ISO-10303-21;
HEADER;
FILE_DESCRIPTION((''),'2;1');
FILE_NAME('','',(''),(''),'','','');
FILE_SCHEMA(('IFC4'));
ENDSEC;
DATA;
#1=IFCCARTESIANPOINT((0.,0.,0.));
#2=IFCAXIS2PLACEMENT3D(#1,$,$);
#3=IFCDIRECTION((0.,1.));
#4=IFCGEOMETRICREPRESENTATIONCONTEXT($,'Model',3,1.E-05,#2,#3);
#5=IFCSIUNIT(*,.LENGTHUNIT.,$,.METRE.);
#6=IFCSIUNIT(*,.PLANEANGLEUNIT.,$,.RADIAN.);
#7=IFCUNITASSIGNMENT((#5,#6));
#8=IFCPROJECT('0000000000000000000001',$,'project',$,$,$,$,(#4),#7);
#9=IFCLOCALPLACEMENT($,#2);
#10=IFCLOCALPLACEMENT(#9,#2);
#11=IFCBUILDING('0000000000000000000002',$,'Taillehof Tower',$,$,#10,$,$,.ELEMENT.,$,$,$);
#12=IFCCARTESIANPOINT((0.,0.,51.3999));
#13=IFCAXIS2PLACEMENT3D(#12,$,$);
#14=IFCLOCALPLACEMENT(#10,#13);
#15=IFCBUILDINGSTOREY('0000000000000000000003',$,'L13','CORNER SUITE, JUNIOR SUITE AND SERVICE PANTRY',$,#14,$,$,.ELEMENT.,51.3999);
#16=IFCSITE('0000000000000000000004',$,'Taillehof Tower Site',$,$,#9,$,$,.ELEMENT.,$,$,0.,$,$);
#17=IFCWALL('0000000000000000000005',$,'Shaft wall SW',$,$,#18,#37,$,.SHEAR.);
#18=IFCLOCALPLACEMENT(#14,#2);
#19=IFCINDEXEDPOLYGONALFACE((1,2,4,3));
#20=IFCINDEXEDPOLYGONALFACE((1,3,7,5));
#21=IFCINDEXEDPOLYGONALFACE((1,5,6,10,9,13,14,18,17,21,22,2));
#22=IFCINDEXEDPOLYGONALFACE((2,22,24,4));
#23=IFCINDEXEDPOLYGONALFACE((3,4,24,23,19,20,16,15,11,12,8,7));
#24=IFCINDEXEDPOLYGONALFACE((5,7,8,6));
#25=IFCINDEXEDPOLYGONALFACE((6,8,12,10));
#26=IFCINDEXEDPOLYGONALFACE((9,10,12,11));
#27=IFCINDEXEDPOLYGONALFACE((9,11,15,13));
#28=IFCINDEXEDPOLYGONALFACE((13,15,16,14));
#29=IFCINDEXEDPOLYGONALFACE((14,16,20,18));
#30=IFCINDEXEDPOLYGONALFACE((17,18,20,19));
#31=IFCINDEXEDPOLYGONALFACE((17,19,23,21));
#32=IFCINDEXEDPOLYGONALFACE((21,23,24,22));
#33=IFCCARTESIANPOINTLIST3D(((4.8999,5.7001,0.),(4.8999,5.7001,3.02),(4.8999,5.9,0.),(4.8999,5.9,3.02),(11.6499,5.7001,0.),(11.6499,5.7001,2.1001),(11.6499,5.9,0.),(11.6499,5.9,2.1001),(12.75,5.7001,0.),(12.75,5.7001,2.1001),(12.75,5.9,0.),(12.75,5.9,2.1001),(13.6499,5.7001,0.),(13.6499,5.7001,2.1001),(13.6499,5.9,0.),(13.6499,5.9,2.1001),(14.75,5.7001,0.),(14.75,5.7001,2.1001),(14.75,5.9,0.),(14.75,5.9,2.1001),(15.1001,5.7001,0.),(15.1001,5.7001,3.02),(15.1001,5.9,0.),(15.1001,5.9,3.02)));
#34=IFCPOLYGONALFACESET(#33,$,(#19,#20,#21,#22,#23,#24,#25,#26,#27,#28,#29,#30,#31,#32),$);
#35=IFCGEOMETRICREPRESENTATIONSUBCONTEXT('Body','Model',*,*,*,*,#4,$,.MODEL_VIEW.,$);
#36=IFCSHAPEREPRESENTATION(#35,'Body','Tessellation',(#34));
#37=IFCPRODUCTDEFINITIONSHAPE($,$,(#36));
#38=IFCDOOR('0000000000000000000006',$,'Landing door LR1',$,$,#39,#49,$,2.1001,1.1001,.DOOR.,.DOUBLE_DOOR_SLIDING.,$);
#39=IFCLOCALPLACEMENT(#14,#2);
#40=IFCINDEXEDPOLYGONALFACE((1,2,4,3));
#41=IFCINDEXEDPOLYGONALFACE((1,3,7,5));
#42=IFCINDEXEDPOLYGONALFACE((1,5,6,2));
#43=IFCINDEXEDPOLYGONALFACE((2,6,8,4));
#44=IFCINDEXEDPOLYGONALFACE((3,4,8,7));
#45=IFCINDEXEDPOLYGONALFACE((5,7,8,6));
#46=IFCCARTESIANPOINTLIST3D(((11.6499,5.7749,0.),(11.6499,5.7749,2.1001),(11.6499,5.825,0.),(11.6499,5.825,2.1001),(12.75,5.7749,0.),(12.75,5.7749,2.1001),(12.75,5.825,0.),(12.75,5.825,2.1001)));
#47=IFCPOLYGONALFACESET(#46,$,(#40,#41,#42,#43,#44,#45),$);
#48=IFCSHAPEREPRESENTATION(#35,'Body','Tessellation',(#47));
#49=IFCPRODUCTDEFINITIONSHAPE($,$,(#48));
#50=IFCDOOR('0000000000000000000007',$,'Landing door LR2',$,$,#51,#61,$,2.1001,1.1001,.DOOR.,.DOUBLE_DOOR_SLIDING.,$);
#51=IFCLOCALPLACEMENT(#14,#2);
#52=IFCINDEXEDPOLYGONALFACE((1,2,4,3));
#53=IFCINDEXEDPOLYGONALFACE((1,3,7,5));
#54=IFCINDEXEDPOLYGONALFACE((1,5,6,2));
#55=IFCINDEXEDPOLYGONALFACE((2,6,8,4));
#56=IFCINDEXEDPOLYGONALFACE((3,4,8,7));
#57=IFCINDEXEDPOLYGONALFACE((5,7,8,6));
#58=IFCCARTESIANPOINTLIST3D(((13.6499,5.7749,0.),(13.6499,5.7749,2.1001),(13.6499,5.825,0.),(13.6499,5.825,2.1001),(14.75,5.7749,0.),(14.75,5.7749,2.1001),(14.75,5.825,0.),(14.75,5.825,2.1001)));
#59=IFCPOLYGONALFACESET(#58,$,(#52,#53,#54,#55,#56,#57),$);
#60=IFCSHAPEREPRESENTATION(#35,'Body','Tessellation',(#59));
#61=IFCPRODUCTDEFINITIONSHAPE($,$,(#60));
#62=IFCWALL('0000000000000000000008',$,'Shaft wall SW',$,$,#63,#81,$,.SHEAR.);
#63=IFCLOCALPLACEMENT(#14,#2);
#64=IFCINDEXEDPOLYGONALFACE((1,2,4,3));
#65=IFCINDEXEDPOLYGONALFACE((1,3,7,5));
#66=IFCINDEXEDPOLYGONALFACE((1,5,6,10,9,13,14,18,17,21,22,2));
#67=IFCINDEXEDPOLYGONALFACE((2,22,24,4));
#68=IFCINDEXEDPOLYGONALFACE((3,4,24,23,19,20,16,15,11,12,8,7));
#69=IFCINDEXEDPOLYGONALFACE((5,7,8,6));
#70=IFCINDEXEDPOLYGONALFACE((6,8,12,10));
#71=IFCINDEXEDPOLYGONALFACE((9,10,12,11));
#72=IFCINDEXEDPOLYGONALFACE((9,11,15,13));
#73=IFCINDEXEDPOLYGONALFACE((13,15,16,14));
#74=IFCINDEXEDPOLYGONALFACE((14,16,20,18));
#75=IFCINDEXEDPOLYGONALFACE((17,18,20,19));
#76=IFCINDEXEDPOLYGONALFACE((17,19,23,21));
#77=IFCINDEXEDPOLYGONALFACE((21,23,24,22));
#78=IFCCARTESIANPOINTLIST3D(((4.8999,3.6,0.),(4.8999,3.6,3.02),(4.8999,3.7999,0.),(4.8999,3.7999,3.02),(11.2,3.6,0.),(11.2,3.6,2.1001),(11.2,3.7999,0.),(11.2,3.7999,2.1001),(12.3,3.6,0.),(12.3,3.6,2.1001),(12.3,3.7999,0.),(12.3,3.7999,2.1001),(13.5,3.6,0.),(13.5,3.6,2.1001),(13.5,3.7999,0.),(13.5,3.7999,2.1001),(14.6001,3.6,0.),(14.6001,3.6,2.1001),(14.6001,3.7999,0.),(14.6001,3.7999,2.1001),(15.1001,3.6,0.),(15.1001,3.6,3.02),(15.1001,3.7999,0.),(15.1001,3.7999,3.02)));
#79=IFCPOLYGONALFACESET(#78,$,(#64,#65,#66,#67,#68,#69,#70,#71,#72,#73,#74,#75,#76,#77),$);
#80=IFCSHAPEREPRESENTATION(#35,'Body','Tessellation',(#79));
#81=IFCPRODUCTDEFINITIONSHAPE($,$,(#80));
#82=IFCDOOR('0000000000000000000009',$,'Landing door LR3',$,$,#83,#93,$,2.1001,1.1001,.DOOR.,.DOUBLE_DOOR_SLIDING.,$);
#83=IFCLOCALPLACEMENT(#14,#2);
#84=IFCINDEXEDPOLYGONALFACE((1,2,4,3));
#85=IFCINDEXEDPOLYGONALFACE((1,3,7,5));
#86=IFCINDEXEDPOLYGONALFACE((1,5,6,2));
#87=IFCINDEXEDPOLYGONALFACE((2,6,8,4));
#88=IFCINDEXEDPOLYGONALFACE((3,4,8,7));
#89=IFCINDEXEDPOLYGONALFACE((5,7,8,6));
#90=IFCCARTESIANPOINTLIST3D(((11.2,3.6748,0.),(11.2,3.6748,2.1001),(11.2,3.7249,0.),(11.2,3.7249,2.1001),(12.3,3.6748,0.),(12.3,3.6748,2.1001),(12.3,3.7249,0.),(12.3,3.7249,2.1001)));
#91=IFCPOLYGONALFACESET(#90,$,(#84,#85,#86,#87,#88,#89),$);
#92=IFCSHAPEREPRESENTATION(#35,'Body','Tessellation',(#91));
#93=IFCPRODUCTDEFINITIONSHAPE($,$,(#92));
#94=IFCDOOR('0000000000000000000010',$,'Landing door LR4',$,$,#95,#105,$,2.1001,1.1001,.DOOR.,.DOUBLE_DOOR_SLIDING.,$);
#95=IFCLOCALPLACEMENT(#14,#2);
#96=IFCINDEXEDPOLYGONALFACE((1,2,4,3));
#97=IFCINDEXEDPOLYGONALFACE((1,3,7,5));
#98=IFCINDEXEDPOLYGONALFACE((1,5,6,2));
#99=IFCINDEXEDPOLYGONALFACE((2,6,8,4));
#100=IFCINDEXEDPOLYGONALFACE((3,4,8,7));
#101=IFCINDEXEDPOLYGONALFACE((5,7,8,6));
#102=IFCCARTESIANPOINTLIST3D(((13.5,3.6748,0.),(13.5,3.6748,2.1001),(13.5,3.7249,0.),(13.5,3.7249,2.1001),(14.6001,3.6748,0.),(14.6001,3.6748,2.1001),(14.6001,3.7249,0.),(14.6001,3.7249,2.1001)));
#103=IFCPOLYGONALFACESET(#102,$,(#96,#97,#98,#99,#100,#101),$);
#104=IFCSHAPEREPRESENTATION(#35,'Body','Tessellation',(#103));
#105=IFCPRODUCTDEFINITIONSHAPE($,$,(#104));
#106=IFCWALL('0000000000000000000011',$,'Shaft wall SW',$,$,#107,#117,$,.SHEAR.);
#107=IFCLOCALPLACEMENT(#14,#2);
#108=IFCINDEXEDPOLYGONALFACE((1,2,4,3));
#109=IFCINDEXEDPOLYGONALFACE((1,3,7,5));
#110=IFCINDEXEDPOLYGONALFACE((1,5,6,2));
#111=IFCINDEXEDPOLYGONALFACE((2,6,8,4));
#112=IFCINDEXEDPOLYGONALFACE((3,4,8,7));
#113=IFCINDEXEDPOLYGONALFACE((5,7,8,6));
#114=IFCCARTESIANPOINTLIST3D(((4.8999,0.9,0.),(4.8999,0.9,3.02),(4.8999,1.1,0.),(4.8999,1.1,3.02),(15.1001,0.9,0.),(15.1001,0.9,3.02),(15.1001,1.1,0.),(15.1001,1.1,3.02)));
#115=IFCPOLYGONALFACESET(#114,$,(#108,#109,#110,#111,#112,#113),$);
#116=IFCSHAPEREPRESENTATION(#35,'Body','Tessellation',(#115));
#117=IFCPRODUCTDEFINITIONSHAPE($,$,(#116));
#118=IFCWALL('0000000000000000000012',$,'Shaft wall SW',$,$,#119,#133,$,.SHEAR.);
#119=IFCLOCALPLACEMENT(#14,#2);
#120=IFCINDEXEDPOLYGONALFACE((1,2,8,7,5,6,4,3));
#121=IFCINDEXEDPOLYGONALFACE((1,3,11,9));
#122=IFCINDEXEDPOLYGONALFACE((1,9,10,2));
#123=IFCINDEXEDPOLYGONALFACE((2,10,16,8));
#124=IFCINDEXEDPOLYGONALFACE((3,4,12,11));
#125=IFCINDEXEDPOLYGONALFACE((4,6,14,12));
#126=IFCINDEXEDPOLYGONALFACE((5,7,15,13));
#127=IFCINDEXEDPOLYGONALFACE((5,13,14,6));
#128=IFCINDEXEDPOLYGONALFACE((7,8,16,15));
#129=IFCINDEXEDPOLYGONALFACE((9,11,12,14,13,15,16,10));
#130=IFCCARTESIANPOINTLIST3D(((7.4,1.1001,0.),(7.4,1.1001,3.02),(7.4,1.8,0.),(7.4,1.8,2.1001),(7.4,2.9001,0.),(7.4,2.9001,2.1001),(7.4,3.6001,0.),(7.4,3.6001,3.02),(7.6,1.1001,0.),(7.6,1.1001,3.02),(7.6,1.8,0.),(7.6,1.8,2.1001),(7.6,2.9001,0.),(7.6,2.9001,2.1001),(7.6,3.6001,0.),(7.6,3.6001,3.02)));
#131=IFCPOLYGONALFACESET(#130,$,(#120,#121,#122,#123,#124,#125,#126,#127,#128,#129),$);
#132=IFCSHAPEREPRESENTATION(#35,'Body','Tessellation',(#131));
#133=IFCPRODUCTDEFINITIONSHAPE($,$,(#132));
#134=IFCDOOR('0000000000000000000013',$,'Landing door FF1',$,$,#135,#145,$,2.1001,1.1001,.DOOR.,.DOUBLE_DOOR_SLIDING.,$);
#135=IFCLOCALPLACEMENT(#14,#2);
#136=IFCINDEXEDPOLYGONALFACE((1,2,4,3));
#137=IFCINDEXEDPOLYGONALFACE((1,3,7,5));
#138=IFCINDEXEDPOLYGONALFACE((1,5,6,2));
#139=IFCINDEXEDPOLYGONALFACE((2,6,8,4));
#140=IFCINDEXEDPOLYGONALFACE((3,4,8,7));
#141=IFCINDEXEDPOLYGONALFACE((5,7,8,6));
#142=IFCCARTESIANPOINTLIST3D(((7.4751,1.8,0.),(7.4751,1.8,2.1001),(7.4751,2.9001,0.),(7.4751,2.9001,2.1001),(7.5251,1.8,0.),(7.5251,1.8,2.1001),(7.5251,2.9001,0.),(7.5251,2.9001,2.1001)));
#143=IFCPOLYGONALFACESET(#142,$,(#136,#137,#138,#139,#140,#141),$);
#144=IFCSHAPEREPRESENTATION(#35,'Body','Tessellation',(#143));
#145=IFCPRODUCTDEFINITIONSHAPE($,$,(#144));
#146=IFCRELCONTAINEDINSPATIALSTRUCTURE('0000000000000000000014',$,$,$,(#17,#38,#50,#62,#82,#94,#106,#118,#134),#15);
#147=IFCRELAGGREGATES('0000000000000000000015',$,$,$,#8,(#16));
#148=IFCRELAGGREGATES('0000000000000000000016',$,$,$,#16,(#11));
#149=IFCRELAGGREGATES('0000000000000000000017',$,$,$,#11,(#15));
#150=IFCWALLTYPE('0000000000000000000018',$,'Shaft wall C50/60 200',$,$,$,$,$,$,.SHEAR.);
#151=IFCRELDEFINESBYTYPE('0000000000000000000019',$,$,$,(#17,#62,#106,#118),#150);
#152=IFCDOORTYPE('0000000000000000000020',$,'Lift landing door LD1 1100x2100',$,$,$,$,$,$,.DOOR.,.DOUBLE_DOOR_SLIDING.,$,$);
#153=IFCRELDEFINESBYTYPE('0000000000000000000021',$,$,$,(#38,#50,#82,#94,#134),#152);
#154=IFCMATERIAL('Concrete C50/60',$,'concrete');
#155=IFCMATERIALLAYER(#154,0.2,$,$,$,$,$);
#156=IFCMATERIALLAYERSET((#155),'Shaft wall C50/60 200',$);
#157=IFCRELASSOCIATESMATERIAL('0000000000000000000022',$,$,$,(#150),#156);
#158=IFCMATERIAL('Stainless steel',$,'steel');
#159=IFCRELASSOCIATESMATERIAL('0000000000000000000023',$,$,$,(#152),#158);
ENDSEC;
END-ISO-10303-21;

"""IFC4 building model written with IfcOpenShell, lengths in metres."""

from ifc_helpers import new_model, si_unit, direction, frame, frame_2d, origin, place, context, subcontext, project, spatial, rectangle, extrude, material, layer, layer_set, type_object, element, fill, save


model = new_model("IFC4")

# Units and contexts
model_context = context("Model", 3, precision=1e-05, world=origin(), true_north=direction((0.0, 1.0)))
body_context = subcontext(model_context, "Body", "Model", "MODEL_VIEW")
ifc_project = project(units=[si_unit("LENGTHUNIT", "METRE"), si_unit("PLANEANGLEUNIT", "RADIAN")], contexts=[model_context])

# Site, building, storey
site_placement = place(None, origin())
site = spatial("IfcSite", under=ifc_project, at=site_placement, Name="Taillehof Tower Site", CompositionType="ELEMENT", RefElevation=0.0)
building_placement = place(site_placement, origin())
building = spatial("IfcBuilding", under=site, at=building_placement, Name="Taillehof Tower", CompositionType="ELEMENT")
storey_placement = place(building_placement, frame((0.0, 0.0, 51.3999)))
storey = spatial("IfcBuildingStorey", under=building, at=storey_placement, Name="L13", Description="CORNER SUITE, JUNIOR SUITE AND SERVICE PANTRY", CompositionType="ELEMENT", Elevation=51.3999)

# Walls, openings, doors
ifc_material_1 = material(Name="Concrete C50/60", Category="concrete")
ifc_layer_1 = layer(ifc_material_1, 0.2)
ifc_layer_set_1 = layer_set([ifc_layer_1], Name="Shaft wall C50/60 200")
wall_type_1 = type_object("IfcWallType", Name="Shaft wall C50/60 200", PredefinedType="SHEAR", material=ifc_layer_set_1)
wall_1_placement = place(storey_placement, frame((4.8999, 5.8, 0.0), z_axis=(0.0, 0.0, 1.0), x_axis=(1.0, 0.0, 0.0)))
wall_1 = element("IfcWall", 1, at=wall_1_placement, inside=storey, type_object=wall_type_1, Name="Shaft wall SW", PredefinedType="SHEAR", context=body_context, shape_type="SweptSolid", body=[
    extrude(rectangle(XDim=10.2002, YDim=0.2, at=frame_2d((5.1001, 0.0))), origin(), (0.0, 0.0, 1.0), 3.02),
])
opening_1_placement = place(wall_1_placement, frame((6.75, 0.0, 0.0)))
opening_1 = element("IfcOpeningElement", 2, at=opening_1_placement, cuts=wall_1, PredefinedType="OPENING", context=body_context, shape_type="SweptSolid", body=[
    extrude(rectangle(XDim=1.1001, YDim=2.1001, at=frame_2d((0.55, 1.05))), frame((0.0, 0.1099, 0.0), z_axis=(0.0, -1.0, 0.0), x_axis=(1.0, 0.0, 0.0)), (0.0, 0.0, 1.0), 0.22),
])
opening_2_placement = place(wall_1_placement, frame((8.75, 0.0, 0.0)))
opening_2 = element("IfcOpeningElement", 3, at=opening_2_placement, cuts=wall_1, PredefinedType="OPENING", context=body_context, shape_type="SweptSolid", body=[
    extrude(rectangle(XDim=1.1001, YDim=2.1001, at=frame_2d((0.55, 1.05))), frame((0.0, 0.1099, 0.0), z_axis=(0.0, -1.0, 0.0), x_axis=(1.0, 0.0, 0.0)), (0.0, 0.0, 1.0), 0.22),
])
ifc_material_2 = material(Name="Stainless steel", Category="steel")
door_type_1 = type_object("IfcDoorType", Name="Lift landing door LD1 1100x2100", OperationType="DOUBLE_DOOR_SLIDING", PredefinedType="DOOR", material=ifc_material_2)
door_1_placement = place(opening_1_placement, origin())
door_1 = element("IfcDoor", 4, at=door_1_placement, inside=storey, type_object=door_type_1, Name="Landing door LR1", OperationType="DOUBLE_DOOR_SLIDING", OverallHeight=2.1001, OverallWidth=1.1001, PredefinedType="DOOR", context=body_context, shape_type="SweptSolid", body=[
    extrude(rectangle(XDim=1.1001, YDim=2.1001, at=frame_2d((0.55, 1.05))), frame((0.0, 0.0249, 0.0), z_axis=(0.0, -1.0, 0.0), x_axis=(1.0, 0.0, 0.0)), (0.0, 0.0, 1.0), 0.05),
])
fill(opening_1, door_1)
door_2_placement = place(opening_2_placement, origin())
door_2 = element("IfcDoor", 5, at=door_2_placement, inside=storey, type_object=door_type_1, Name="Landing door LR2", OperationType="DOUBLE_DOOR_SLIDING", OverallHeight=2.1001, OverallWidth=1.1001, PredefinedType="DOOR", context=body_context, shape_type="SweptSolid", body=[
    extrude(rectangle(XDim=1.1001, YDim=2.1001, at=frame_2d((0.55, 1.05))), frame((0.0, 0.0249, 0.0), z_axis=(0.0, -1.0, 0.0), x_axis=(1.0, 0.0, 0.0)), (0.0, 0.0, 1.0), 0.05),
])
fill(opening_2, door_2)
wall_2_placement = place(storey_placement, frame((4.8999, 3.7, 0.0), z_axis=(0.0, 0.0, 1.0), x_axis=(1.0, 0.0, 0.0)))
wall_2 = element("IfcWall", 6, at=wall_2_placement, inside=storey, type_object=wall_type_1, Name="Shaft wall SW", PredefinedType="SHEAR", context=body_context, shape_type="SweptSolid", body=[
    extrude(rectangle(XDim=10.2002, YDim=0.2, at=frame_2d((5.1001, 0.0))), origin(), (0.0, 0.0, 1.0), 3.02),
])
opening_3_placement = place(wall_2_placement, frame((6.3, 0.0, 0.0)))
opening_3 = element("IfcOpeningElement", 7, at=opening_3_placement, cuts=wall_2, PredefinedType="OPENING", context=body_context, shape_type="SweptSolid", body=[
    extrude(rectangle(XDim=1.1001, YDim=2.1001, at=frame_2d((0.55, 1.05))), frame((0.0, 0.1099, 0.0), z_axis=(0.0, -1.0, 0.0), x_axis=(1.0, 0.0, 0.0)), (0.0, 0.0, 1.0), 0.22),
])
opening_4_placement = place(wall_2_placement, frame((8.6001, 0.0, 0.0)))
opening_4 = element("IfcOpeningElement", 8, at=opening_4_placement, cuts=wall_2, PredefinedType="OPENING", context=body_context, shape_type="SweptSolid", body=[
    extrude(rectangle(XDim=1.1001, YDim=2.1001, at=frame_2d((0.55, 1.05))), frame((0.0, 0.1099, 0.0), z_axis=(0.0, -1.0, 0.0), x_axis=(1.0, 0.0, 0.0)), (0.0, 0.0, 1.0), 0.22),
])
door_3_placement = place(opening_3_placement, origin())
door_3 = element("IfcDoor", 9, at=door_3_placement, inside=storey, type_object=door_type_1, Name="Landing door LR3", OperationType="DOUBLE_DOOR_SLIDING", OverallHeight=2.1001, OverallWidth=1.1001, PredefinedType="DOOR", context=body_context, shape_type="SweptSolid", body=[
    extrude(rectangle(XDim=1.1001, YDim=2.1001, at=frame_2d((0.55, 1.05))), frame((0.0, 0.0249, 0.0), z_axis=(0.0, -1.0, 0.0), x_axis=(1.0, 0.0, 0.0)), (0.0, 0.0, 1.0), 0.05),
])
fill(opening_3, door_3)
door_4_placement = place(opening_4_placement, origin())
door_4 = element("IfcDoor", 10, at=door_4_placement, inside=storey, type_object=door_type_1, Name="Landing door LR4", OperationType="DOUBLE_DOOR_SLIDING", OverallHeight=2.1001, OverallWidth=1.1001, PredefinedType="DOOR", context=body_context, shape_type="SweptSolid", body=[
    extrude(rectangle(XDim=1.1001, YDim=2.1001, at=frame_2d((0.55, 1.05))), frame((0.0, 0.0249, 0.0), z_axis=(0.0, -1.0, 0.0), x_axis=(1.0, 0.0, 0.0)), (0.0, 0.0, 1.0), 0.05),
])
fill(opening_4, door_4)

# Wall
wall_3_placement = place(storey_placement, frame((4.8999, 1.0, 0.0), z_axis=(0.0, 0.0, 1.0), x_axis=(1.0, 0.0, 0.0)))
element("IfcWall", 11, at=wall_3_placement, inside=storey, type_object=wall_type_1, Name="Shaft wall SW", PredefinedType="SHEAR", context=body_context, shape_type="SweptSolid", body=[
    extrude(rectangle(XDim=10.2002, YDim=0.2, at=frame_2d((5.1001, 0.0))), origin(), (0.0, 0.0, 1.0), 3.02),
])

# Wall, opening, door
wall_4_placement = place(storey_placement, frame((7.5, 1.1001, 0.0), z_axis=(0.0, 0.0, 1.0), x_axis=(0.0, 1.0, 0.0)))
wall_4 = element("IfcWall", 12, at=wall_4_placement, inside=storey, type_object=wall_type_1, Name="Shaft wall SW", PredefinedType="SHEAR", context=body_context, shape_type="SweptSolid", body=[
    extrude(rectangle(XDim=2.5, YDim=0.2, at=frame_2d((1.25, 0.0))), origin(), (0.0, 0.0, 1.0), 3.02),
])
opening_5_placement = place(wall_4_placement, frame((0.7, 0.0, 0.0)))
opening_5 = element("IfcOpeningElement", 13, at=opening_5_placement, cuts=wall_4, PredefinedType="OPENING", context=body_context, shape_type="SweptSolid", body=[
    extrude(rectangle(XDim=1.1001, YDim=2.1001, at=frame_2d((0.55, 1.05))), frame((0.0, 0.1099, 0.0), z_axis=(0.0, -1.0, 0.0), x_axis=(1.0, 0.0, 0.0)), (0.0, 0.0, 1.0), 0.22),
])
door_5_placement = place(opening_5_placement, origin())
door_5 = element("IfcDoor", 14, at=door_5_placement, inside=storey, type_object=door_type_1, Name="Landing door FF1", OperationType="DOUBLE_DOOR_SLIDING", OverallHeight=2.1001, OverallWidth=1.1001, PredefinedType="DOOR", context=body_context, shape_type="SweptSolid", body=[
    extrude(rectangle(XDim=1.1001, YDim=2.1001, at=frame_2d((0.55, 1.05))), frame((0.0, 0.0249, 0.0), z_axis=(0.0, -1.0, 0.0), x_axis=(1.0, 0.0, 0.0)), (0.0, 0.0, 1.0), 0.05),
])
fill(opening_5, door_5)

save(model, "model.ifc")
